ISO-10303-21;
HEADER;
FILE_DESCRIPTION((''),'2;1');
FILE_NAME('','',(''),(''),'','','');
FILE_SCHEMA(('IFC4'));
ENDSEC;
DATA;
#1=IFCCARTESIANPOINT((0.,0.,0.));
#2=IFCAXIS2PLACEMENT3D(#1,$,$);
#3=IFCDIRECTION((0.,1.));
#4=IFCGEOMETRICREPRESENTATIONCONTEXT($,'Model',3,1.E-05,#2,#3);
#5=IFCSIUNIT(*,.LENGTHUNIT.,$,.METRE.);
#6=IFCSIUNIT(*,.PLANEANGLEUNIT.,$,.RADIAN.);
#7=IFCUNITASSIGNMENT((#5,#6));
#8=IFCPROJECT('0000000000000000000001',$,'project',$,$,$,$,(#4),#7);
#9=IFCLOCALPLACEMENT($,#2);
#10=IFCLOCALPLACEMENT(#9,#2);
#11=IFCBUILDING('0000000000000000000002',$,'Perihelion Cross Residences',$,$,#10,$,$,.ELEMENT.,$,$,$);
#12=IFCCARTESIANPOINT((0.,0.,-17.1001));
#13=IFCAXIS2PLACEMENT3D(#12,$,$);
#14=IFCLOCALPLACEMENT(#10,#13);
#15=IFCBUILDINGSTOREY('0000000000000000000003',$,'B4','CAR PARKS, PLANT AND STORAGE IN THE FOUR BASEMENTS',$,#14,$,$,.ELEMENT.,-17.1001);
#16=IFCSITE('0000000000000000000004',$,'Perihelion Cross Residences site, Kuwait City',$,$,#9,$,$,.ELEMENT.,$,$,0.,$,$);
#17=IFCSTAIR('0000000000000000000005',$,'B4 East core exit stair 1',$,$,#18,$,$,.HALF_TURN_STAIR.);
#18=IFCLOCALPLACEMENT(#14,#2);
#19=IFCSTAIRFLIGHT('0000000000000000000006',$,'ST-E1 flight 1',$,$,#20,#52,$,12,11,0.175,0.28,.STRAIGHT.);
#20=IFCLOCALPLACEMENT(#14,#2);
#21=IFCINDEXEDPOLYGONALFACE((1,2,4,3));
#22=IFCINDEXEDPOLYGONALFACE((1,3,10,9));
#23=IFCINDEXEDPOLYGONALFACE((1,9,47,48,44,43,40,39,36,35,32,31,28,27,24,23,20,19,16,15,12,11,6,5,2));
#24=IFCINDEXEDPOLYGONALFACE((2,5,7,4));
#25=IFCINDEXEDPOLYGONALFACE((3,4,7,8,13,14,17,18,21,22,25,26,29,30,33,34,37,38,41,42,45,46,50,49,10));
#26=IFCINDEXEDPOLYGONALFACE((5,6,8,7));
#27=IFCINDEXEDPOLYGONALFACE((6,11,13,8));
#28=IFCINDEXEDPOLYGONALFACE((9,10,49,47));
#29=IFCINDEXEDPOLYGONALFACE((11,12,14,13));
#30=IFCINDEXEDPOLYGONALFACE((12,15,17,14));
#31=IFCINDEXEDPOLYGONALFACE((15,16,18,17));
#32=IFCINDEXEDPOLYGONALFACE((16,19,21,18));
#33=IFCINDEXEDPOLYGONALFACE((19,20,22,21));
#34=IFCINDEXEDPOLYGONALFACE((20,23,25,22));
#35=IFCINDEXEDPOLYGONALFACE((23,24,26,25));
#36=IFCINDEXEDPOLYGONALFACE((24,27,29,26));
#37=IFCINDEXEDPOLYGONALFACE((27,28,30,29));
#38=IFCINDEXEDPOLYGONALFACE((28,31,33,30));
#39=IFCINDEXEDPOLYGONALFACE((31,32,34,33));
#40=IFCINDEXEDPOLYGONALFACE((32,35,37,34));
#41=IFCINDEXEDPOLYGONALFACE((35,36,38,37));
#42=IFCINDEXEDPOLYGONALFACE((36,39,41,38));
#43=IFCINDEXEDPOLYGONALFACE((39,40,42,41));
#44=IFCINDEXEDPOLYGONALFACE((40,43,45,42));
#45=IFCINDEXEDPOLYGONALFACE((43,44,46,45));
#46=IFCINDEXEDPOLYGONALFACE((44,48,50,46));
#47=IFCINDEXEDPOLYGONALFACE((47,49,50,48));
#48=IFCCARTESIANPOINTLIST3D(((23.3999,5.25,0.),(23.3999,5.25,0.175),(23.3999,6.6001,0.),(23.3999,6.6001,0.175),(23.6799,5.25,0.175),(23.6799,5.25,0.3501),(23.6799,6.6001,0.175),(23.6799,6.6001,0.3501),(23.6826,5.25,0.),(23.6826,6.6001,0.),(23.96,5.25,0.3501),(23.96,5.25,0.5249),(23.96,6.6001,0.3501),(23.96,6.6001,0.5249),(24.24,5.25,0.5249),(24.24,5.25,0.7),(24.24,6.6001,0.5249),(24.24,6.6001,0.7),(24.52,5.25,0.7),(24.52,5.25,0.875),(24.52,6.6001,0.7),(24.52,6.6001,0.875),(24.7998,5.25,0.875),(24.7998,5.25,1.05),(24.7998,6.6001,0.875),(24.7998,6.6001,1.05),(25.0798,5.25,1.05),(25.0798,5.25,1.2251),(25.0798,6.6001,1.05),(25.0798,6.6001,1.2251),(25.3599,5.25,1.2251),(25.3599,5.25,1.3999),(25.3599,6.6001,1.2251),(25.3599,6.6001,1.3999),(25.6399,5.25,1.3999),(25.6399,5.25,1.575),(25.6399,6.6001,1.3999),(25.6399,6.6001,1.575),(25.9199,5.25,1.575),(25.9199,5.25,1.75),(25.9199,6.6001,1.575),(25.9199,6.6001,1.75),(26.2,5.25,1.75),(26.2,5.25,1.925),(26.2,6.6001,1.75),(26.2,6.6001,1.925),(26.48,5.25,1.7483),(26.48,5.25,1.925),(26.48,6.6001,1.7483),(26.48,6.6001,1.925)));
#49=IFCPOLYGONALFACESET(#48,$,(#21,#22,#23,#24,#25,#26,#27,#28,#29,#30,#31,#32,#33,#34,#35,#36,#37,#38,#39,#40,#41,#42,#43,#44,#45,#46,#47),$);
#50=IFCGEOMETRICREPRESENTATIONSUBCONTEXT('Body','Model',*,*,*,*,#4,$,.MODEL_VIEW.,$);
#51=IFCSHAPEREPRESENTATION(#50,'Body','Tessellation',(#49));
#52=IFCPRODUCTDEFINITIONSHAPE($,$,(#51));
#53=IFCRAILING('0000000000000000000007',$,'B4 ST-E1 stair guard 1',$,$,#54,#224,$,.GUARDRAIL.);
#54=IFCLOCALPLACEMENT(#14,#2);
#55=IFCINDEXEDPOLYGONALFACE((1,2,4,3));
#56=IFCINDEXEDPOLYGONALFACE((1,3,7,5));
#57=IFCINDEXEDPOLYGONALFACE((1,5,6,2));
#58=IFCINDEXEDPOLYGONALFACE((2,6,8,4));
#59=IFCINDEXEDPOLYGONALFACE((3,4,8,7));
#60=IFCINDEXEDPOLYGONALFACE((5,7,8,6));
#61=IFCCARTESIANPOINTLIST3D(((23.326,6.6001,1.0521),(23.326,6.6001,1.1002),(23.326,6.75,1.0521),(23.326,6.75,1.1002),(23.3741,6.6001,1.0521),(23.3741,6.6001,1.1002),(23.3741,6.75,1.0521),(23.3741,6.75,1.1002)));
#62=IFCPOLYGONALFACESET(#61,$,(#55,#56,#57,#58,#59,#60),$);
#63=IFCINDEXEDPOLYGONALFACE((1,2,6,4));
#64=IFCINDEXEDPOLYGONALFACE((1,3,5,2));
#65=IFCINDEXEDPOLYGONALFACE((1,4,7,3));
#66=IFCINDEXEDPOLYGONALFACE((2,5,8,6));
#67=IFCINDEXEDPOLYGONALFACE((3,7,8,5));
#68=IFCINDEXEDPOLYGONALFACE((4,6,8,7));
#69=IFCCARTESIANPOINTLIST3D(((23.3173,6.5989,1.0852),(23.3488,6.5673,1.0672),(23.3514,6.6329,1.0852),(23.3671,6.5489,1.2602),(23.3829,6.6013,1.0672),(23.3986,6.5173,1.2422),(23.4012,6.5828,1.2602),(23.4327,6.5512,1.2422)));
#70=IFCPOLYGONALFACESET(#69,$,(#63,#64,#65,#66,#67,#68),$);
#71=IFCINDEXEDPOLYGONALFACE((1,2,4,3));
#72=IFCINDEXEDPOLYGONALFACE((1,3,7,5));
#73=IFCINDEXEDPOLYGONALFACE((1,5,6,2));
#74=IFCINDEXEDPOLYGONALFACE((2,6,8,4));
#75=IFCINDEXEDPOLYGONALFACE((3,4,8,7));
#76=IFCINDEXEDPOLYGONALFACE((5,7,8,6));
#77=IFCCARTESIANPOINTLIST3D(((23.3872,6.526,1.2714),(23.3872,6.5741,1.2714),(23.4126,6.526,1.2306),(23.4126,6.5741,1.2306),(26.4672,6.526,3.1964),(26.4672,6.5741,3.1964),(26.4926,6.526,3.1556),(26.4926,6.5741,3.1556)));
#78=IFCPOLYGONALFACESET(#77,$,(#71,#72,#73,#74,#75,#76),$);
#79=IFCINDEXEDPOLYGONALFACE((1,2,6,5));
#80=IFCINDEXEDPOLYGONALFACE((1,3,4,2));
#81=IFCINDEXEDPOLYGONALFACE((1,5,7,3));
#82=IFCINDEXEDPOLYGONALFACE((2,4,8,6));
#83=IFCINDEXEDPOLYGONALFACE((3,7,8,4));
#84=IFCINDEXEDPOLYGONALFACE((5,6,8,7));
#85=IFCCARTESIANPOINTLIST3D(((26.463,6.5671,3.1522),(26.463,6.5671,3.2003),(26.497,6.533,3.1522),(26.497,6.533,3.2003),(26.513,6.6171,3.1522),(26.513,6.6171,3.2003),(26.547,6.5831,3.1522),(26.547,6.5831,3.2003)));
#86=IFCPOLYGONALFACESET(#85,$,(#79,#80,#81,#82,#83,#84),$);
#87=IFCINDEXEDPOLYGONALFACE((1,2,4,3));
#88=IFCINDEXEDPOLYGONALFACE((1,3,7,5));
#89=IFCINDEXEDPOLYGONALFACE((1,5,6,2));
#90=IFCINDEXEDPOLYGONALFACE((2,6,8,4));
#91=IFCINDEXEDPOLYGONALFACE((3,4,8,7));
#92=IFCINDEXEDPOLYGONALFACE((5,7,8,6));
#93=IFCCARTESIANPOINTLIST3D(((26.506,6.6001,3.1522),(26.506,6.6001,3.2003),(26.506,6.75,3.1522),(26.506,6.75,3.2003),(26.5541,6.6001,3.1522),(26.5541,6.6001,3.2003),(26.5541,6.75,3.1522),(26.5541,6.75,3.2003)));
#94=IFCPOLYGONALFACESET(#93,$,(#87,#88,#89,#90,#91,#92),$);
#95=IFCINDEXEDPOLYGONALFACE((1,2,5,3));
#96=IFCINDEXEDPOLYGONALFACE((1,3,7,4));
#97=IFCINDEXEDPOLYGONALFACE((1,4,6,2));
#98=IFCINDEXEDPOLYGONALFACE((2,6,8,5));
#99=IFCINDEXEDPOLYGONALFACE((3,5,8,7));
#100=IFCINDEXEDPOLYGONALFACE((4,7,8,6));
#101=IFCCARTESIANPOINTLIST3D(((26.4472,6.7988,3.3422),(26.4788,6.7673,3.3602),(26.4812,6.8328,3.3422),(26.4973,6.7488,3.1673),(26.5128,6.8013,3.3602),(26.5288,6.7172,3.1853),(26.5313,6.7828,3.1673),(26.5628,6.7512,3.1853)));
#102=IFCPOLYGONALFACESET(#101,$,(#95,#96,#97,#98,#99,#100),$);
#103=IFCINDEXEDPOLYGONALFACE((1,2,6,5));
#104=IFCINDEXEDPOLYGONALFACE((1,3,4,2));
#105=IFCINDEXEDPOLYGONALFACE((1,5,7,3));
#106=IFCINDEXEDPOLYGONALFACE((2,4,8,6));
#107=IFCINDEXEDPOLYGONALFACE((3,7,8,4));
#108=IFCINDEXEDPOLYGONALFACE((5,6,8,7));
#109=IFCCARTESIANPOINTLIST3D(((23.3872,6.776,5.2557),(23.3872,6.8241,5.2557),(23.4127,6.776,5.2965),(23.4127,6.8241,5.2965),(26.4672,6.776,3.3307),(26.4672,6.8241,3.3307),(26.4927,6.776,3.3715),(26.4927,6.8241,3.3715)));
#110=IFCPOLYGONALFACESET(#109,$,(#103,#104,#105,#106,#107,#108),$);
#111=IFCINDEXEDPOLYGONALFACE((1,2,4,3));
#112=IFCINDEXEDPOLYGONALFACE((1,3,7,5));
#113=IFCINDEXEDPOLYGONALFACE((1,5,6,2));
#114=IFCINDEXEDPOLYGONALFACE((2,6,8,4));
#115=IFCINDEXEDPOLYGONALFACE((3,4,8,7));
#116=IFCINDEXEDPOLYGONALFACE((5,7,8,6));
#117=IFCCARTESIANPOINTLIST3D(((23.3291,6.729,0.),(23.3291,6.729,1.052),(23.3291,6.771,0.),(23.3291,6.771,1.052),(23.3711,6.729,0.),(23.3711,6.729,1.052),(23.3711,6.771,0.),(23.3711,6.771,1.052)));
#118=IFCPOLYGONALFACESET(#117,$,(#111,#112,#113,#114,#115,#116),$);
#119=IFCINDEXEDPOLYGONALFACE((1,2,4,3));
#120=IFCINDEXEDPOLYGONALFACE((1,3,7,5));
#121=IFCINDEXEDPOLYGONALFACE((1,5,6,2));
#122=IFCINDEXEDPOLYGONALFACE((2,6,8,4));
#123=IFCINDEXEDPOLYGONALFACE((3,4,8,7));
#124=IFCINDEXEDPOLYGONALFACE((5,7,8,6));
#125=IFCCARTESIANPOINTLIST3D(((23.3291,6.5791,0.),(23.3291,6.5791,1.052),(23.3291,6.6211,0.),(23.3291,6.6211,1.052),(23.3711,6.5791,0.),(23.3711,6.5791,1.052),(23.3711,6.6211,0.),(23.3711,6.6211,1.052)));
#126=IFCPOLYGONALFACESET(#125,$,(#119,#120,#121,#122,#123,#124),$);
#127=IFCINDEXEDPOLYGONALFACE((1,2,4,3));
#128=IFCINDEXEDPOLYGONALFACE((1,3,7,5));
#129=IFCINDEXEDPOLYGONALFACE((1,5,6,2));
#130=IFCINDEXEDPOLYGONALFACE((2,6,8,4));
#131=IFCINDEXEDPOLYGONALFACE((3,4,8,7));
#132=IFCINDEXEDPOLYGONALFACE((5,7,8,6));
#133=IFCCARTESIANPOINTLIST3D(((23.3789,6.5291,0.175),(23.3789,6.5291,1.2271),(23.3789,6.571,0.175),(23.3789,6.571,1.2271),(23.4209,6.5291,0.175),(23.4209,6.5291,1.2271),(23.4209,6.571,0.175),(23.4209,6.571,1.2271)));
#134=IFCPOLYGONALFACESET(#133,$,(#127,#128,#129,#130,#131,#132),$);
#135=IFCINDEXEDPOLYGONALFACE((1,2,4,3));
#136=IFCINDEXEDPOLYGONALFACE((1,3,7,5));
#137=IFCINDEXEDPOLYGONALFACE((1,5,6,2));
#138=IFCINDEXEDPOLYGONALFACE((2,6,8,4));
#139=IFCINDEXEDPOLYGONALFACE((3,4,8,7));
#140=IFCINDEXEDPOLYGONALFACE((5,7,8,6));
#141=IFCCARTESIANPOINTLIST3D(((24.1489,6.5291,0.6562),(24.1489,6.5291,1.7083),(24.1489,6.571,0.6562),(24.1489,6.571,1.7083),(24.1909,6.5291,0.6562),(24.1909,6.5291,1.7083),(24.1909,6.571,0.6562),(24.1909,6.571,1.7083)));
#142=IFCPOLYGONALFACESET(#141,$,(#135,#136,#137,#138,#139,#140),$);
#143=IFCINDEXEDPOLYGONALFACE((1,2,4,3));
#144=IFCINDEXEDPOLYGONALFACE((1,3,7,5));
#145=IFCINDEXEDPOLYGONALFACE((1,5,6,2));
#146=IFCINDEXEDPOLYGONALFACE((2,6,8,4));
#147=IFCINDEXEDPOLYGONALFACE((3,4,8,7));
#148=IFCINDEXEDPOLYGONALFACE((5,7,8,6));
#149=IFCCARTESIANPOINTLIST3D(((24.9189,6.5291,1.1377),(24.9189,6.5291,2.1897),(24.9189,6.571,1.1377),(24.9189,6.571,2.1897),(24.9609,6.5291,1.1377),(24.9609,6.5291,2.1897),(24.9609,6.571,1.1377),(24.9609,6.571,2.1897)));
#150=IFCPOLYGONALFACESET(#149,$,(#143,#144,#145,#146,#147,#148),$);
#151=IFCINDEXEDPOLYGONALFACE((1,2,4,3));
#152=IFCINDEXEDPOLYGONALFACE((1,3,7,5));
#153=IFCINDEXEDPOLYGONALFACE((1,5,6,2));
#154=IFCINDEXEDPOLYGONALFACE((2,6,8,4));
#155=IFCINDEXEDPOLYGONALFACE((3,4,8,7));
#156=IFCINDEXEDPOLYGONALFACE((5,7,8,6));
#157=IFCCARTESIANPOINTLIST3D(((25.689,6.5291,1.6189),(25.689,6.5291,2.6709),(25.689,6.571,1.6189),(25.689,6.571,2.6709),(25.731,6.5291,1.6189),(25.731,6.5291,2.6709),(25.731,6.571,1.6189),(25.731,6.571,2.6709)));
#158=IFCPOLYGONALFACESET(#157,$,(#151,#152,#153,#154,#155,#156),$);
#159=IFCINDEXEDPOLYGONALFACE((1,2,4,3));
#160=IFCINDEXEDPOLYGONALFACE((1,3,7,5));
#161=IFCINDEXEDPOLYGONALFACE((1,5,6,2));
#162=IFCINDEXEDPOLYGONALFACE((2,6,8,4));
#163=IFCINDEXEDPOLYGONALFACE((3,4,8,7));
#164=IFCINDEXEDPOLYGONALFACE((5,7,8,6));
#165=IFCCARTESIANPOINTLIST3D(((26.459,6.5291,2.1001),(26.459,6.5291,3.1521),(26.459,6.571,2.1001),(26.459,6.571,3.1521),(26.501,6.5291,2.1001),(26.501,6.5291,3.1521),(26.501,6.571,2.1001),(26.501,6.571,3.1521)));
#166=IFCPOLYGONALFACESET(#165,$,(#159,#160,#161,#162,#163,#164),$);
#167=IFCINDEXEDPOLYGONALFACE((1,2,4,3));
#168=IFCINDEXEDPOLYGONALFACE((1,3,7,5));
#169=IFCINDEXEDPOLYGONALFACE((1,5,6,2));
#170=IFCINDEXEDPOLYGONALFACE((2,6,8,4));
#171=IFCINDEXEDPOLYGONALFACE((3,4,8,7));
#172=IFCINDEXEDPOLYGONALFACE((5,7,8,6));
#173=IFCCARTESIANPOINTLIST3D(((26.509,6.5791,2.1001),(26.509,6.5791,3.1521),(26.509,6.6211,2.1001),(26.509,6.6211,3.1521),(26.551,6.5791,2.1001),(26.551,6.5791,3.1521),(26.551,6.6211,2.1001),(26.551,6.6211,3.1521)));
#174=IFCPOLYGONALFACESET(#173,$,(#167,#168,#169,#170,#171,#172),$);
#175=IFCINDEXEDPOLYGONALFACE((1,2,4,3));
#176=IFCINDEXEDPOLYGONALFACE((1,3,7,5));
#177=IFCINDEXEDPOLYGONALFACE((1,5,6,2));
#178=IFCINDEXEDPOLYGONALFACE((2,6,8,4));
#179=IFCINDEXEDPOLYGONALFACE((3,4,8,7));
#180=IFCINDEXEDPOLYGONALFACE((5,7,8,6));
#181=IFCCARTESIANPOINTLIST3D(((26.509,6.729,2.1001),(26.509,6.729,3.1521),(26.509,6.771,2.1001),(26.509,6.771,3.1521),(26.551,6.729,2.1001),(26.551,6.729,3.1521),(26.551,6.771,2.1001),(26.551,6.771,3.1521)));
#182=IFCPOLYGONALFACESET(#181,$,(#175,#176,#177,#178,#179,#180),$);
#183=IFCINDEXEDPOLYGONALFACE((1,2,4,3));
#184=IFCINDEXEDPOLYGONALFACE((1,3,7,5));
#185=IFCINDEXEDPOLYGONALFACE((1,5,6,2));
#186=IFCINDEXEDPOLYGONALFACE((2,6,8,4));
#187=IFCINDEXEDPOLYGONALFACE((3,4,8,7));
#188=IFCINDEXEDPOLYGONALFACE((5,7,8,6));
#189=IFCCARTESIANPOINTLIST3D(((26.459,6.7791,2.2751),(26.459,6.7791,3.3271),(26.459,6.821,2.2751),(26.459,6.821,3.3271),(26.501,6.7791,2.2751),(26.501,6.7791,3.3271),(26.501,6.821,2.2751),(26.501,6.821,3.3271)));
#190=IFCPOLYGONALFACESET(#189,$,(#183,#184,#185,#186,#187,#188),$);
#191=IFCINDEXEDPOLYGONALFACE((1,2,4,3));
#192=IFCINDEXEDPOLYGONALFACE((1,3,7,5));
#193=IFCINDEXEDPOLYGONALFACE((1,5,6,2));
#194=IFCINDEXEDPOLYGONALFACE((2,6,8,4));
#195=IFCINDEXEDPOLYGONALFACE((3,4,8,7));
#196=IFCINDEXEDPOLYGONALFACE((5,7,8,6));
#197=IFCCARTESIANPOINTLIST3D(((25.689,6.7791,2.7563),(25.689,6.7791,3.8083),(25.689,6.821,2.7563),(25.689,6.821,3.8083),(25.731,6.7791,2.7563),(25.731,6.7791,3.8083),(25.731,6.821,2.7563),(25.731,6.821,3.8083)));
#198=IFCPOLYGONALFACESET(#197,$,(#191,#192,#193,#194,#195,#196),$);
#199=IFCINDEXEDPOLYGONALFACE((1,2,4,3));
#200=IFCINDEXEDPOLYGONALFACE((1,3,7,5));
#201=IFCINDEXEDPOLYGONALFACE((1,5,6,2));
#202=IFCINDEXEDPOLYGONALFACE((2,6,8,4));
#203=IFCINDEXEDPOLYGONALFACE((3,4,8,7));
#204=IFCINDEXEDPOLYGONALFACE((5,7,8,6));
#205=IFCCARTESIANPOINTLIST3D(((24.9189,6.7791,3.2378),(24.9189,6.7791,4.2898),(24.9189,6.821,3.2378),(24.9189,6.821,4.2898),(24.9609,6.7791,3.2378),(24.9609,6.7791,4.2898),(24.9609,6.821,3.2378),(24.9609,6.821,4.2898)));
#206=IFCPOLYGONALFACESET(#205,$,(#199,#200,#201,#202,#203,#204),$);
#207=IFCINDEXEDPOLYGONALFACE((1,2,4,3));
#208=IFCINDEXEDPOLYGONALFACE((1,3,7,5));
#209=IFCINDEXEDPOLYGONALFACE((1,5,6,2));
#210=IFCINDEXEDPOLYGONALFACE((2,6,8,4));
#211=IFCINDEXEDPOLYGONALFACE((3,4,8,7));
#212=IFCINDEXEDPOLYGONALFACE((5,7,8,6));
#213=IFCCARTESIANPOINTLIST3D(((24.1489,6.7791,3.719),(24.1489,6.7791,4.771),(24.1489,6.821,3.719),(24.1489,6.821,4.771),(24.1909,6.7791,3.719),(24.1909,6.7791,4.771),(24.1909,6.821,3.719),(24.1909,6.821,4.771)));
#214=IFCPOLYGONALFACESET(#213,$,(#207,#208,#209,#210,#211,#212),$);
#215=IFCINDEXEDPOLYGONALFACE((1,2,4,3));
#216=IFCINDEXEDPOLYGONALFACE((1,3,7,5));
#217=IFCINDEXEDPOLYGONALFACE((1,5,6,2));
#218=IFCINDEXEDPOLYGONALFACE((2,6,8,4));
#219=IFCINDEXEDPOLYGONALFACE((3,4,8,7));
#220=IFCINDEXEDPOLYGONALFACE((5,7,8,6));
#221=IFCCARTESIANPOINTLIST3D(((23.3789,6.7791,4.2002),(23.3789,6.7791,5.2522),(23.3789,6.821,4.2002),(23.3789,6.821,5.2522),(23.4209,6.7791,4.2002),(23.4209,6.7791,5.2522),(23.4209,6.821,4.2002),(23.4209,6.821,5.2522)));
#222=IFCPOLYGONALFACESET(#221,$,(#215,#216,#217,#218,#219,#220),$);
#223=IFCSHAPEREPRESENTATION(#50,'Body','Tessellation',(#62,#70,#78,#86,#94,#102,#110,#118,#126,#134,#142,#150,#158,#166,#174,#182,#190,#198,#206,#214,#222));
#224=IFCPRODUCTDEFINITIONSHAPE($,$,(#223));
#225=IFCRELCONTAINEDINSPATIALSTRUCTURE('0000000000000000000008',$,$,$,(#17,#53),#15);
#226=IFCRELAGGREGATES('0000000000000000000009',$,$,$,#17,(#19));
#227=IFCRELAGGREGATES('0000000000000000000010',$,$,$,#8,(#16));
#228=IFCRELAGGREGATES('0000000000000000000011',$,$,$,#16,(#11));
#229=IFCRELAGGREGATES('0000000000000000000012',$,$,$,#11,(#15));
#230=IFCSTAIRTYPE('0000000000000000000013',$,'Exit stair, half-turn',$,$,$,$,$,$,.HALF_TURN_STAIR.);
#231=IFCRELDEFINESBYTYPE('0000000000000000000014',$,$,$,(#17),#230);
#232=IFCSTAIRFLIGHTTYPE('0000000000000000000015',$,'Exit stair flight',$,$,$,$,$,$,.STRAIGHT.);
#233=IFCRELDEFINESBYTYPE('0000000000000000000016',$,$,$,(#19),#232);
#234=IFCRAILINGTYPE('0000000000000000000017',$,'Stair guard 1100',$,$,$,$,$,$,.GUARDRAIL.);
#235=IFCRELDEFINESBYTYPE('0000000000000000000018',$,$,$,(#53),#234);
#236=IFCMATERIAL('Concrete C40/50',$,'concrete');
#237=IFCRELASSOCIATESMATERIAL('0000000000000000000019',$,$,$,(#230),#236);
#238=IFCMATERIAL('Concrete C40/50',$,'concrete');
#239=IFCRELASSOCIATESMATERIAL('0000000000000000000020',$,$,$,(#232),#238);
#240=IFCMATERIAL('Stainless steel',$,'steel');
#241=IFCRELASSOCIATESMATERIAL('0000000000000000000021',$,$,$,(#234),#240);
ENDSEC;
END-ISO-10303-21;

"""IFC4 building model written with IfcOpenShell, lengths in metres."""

from ifc_helpers import new_model, si_unit, direction, frame, origin, origin_2d, place, context, subcontext, project, spatial, polyline, rectangle, outline, extrude, material, type_object, element, aggregate, save


model = new_model("IFC4")

# Units and contexts
model_context = context("Model", 3, precision=1e-05, world=origin(), true_north=direction((0.0, 1.0)))
body_context = subcontext(model_context, "Body", "Model", "MODEL_VIEW")
ifc_project = project(units=[si_unit("LENGTHUNIT", "METRE"), si_unit("PLANEANGLEUNIT", "RADIAN")], contexts=[model_context])

# Site, building, storey
site_placement = place(None, origin())
site = spatial("IfcSite", under=ifc_project, at=site_placement, Name="Perihelion Cross Residences site, Kuwait City", CompositionType="ELEMENT", RefElevation=0.0)
building_placement = place(site_placement, origin())
building = spatial("IfcBuilding", under=site, at=building_placement, Name="Perihelion Cross Residences", CompositionType="ELEMENT")
storey_placement = place(building_placement, frame((0.0, 0.0, -17.1001)))
storey = spatial("IfcBuildingStorey", under=building, at=storey_placement, Name="B4", Description="CAR PARKS, PLANT AND STORAGE IN THE FOUR BASEMENTS", CompositionType="ELEMENT", Elevation=-17.1001)

# Stair, stair flight
ifc_material_1 = material(Name="Concrete C40/50", Category="concrete")
stair_type = type_object("IfcStairType", Name="Exit stair, half-turn", PredefinedType="HALF_TURN_STAIR", material=ifc_material_1)
stair_placement = place(storey_placement, origin())
stair = element("IfcStair", 1, at=stair_placement, inside=storey, type_object=stair_type, Name="B4 East core exit stair 1", PredefinedType="HALF_TURN_STAIR")
ifc_material_2 = material(Name="Concrete C40/50", Category="concrete")
stair_flight_type = type_object("IfcStairFlightType", Name="Exit stair flight", PredefinedType="STRAIGHT", material=ifc_material_2)
stair_flight_placement = place(storey_placement, frame((23.3999, 5.925, 0.0), z_axis=(0.0, 0.0, 1.0), x_axis=(1.0, 0.0, 0.0)))
stair_flight = element("IfcStairFlight", 2, at=stair_flight_placement, type_object=stair_flight_type, Name="ST-E1 flight 1", NumberOfRisers=12, NumberOfTreads=11, PredefinedType="STRAIGHT", RiserHeight=0.175, TreadLength=0.28, context=body_context, shape_type="SweptSolid", body=[
    extrude(outline(polyline([(0.0, 0.0), (0.0, 0.175), (0.28, 0.175), (0.28, 0.3501), (0.5601, 0.3501), (0.5601, 0.5249), (0.8401, 0.5249), (0.8401, 0.7), (1.1201, 0.7), (1.1201, 0.875), (1.3999, 0.875), (1.3999, 1.05), (1.6799, 1.05), (1.6799, 1.2251), (1.96, 1.2251), (1.96, 1.3999), (2.24, 1.3999), (2.24, 1.575), (2.52, 1.575), (2.52, 1.75), (2.8, 1.75), (2.8, 1.925), (3.0801, 1.925), (3.0801, 2.1001), (3.0801, 1.7483), (0.2827, 0.0), (0.0, 0.0)])), frame((0.0, 0.675, 0.0), z_axis=(0.0, -1.0, 0.0), x_axis=(1.0, 0.0, 0.0)), (0.0, 0.0, 1.0), 1.3501),
])
aggregate(stair, [stair_flight])

# Railing
ifc_material_3 = material(Name="Stainless steel", Category="steel")
railing_type_1 = type_object("IfcRailingType", Name="Stair guard 1100", PredefinedType="GUARDRAIL", material=ifc_material_3)
railing_1_placement = place(storey_placement, frame((23.3501, 6.75, 0.0)))
element("IfcRailing", 3, at=railing_1_placement, inside=storey, type_object=railing_type_1, Name="B4 ST-E1 stair guard 1", PredefinedType="GUARDRAIL", context=body_context, shape_type="SweptSolid", body=[
    extrude(rectangle(XDim=0.0481, YDim=0.0481, at=origin_2d()), frame((0.0, 0.0, 1.0762), z_axis=(0.0, -1.0, 0.0), x_axis=(1.0, 0.0, 0.0)), (0.0, 0.0, 1.0), 0.1499),
    extrude(rectangle(XDim=0.0481, YDim=0.0481, at=origin_2d()), frame((0.0, -0.1499, 1.0762), z_axis=(0.263862, -0.265156, 0.927399), x_axis=(0.708834, 0.705376, 0.0)), (0.0, 0.0, 1.0), 0.1887),
    extrude(rectangle(XDim=0.0481, YDim=0.0481, at=origin_2d()), frame((0.0498, -0.2, 1.251), z_axis=(0.847998, 0.0, 0.529999), x_axis=(0.0, 1.0, 0.0)), (0.0, 0.0, 1.0), 3.6321),
    extrude(rectangle(XDim=0.0481, YDim=0.0481, at=origin_2d()), frame((3.1299, -0.2, 3.1763), z_axis=(0.707107, 0.707107, 0.0), x_axis=(-0.707107, 0.707107, 0.0)), (0.0, 0.0, 1.0), 0.0708),
    extrude(rectangle(XDim=0.0481, YDim=0.0481, at=origin_2d()), frame((3.1799, -0.1499, 3.1763), z_axis=(0.0, 1.0, 0.0), x_axis=(-1.0, 0.0, 0.0)), (0.0, 0.0, 1.0), 0.1499),
    extrude(rectangle(XDim=0.0481, YDim=0.0481, at=origin_2d()), frame((3.1799, 0.0, 3.1763), z_axis=(-0.265065, 0.265065, 0.927082), x_axis=(-0.707107, -0.707107, 0.0)), (0.0, 0.0, 1.0), 0.1887),
    extrude(rectangle(XDim=0.0481, YDim=0.0481, at=origin_2d()), frame((3.1299, 0.05, 3.3511), z_axis=(-0.847998, 0.0, 0.529999), x_axis=(0.0, -1.0, 0.0)), (0.0, 0.0, 1.0), 3.6321),
    extrude(rectangle(XDim=0.042, YDim=0.042, at=origin_2d()), origin(), (0.0, 0.0, 1.0), 1.052),
    extrude(rectangle(XDim=0.042, YDim=0.042, at=origin_2d()), frame((0.0, -0.1499, 0.0)), (0.0, 0.0, 1.0), 1.052),
    extrude(rectangle(XDim=0.042, YDim=0.042, at=origin_2d()), frame((0.0498, -0.2, 0.175)), (0.0, 0.0, 1.0), 1.052),
    extrude(rectangle(XDim=0.042, YDim=0.042, at=origin_2d()), frame((0.8198, -0.2, 0.6562)), (0.0, 0.0, 1.0), 1.052),
    extrude(rectangle(XDim=0.042, YDim=0.042, at=origin_2d()), frame((1.5898, -0.2, 1.1377)), (0.0, 0.0, 1.0), 1.052),
    extrude(rectangle(XDim=0.042, YDim=0.042, at=origin_2d()), frame((2.3599, -0.2, 1.6189)), (0.0, 0.0, 1.0), 1.052),
    extrude(rectangle(XDim=0.042, YDim=0.042, at=origin_2d()), frame((3.1299, -0.2, 2.1001)), (0.0, 0.0, 1.0), 1.052),
    extrude(rectangle(XDim=0.042, YDim=0.042, at=origin_2d()), frame((3.1799, -0.1499, 2.1001)), (0.0, 0.0, 1.0), 1.052),
    extrude(rectangle(XDim=0.042, YDim=0.042, at=origin_2d()), frame((3.1799, 0.0, 2.1001)), (0.0, 0.0, 1.0), 1.052),
    extrude(rectangle(XDim=0.042, YDim=0.042, at=origin_2d()), frame((3.1299, 0.05, 2.2751)), (0.0, 0.0, 1.0), 1.052),
    extrude(rectangle(XDim=0.042, YDim=0.042, at=origin_2d()), frame((2.3599, 0.05, 2.7563)), (0.0, 0.0, 1.0), 1.052),
    extrude(rectangle(XDim=0.042, YDim=0.042, at=origin_2d()), frame((1.5898, 0.05, 3.2378)), (0.0, 0.0, 1.0), 1.052),
    extrude(rectangle(XDim=0.042, YDim=0.042, at=origin_2d()), frame((0.8198, 0.05, 3.719)), (0.0, 0.0, 1.0), 1.052),
    extrude(rectangle(XDim=0.042, YDim=0.042, at=origin_2d()), frame((0.0498, 0.05, 4.2002)), (0.0, 0.0, 1.0), 1.052),
])

save(model, "model.ifc")
